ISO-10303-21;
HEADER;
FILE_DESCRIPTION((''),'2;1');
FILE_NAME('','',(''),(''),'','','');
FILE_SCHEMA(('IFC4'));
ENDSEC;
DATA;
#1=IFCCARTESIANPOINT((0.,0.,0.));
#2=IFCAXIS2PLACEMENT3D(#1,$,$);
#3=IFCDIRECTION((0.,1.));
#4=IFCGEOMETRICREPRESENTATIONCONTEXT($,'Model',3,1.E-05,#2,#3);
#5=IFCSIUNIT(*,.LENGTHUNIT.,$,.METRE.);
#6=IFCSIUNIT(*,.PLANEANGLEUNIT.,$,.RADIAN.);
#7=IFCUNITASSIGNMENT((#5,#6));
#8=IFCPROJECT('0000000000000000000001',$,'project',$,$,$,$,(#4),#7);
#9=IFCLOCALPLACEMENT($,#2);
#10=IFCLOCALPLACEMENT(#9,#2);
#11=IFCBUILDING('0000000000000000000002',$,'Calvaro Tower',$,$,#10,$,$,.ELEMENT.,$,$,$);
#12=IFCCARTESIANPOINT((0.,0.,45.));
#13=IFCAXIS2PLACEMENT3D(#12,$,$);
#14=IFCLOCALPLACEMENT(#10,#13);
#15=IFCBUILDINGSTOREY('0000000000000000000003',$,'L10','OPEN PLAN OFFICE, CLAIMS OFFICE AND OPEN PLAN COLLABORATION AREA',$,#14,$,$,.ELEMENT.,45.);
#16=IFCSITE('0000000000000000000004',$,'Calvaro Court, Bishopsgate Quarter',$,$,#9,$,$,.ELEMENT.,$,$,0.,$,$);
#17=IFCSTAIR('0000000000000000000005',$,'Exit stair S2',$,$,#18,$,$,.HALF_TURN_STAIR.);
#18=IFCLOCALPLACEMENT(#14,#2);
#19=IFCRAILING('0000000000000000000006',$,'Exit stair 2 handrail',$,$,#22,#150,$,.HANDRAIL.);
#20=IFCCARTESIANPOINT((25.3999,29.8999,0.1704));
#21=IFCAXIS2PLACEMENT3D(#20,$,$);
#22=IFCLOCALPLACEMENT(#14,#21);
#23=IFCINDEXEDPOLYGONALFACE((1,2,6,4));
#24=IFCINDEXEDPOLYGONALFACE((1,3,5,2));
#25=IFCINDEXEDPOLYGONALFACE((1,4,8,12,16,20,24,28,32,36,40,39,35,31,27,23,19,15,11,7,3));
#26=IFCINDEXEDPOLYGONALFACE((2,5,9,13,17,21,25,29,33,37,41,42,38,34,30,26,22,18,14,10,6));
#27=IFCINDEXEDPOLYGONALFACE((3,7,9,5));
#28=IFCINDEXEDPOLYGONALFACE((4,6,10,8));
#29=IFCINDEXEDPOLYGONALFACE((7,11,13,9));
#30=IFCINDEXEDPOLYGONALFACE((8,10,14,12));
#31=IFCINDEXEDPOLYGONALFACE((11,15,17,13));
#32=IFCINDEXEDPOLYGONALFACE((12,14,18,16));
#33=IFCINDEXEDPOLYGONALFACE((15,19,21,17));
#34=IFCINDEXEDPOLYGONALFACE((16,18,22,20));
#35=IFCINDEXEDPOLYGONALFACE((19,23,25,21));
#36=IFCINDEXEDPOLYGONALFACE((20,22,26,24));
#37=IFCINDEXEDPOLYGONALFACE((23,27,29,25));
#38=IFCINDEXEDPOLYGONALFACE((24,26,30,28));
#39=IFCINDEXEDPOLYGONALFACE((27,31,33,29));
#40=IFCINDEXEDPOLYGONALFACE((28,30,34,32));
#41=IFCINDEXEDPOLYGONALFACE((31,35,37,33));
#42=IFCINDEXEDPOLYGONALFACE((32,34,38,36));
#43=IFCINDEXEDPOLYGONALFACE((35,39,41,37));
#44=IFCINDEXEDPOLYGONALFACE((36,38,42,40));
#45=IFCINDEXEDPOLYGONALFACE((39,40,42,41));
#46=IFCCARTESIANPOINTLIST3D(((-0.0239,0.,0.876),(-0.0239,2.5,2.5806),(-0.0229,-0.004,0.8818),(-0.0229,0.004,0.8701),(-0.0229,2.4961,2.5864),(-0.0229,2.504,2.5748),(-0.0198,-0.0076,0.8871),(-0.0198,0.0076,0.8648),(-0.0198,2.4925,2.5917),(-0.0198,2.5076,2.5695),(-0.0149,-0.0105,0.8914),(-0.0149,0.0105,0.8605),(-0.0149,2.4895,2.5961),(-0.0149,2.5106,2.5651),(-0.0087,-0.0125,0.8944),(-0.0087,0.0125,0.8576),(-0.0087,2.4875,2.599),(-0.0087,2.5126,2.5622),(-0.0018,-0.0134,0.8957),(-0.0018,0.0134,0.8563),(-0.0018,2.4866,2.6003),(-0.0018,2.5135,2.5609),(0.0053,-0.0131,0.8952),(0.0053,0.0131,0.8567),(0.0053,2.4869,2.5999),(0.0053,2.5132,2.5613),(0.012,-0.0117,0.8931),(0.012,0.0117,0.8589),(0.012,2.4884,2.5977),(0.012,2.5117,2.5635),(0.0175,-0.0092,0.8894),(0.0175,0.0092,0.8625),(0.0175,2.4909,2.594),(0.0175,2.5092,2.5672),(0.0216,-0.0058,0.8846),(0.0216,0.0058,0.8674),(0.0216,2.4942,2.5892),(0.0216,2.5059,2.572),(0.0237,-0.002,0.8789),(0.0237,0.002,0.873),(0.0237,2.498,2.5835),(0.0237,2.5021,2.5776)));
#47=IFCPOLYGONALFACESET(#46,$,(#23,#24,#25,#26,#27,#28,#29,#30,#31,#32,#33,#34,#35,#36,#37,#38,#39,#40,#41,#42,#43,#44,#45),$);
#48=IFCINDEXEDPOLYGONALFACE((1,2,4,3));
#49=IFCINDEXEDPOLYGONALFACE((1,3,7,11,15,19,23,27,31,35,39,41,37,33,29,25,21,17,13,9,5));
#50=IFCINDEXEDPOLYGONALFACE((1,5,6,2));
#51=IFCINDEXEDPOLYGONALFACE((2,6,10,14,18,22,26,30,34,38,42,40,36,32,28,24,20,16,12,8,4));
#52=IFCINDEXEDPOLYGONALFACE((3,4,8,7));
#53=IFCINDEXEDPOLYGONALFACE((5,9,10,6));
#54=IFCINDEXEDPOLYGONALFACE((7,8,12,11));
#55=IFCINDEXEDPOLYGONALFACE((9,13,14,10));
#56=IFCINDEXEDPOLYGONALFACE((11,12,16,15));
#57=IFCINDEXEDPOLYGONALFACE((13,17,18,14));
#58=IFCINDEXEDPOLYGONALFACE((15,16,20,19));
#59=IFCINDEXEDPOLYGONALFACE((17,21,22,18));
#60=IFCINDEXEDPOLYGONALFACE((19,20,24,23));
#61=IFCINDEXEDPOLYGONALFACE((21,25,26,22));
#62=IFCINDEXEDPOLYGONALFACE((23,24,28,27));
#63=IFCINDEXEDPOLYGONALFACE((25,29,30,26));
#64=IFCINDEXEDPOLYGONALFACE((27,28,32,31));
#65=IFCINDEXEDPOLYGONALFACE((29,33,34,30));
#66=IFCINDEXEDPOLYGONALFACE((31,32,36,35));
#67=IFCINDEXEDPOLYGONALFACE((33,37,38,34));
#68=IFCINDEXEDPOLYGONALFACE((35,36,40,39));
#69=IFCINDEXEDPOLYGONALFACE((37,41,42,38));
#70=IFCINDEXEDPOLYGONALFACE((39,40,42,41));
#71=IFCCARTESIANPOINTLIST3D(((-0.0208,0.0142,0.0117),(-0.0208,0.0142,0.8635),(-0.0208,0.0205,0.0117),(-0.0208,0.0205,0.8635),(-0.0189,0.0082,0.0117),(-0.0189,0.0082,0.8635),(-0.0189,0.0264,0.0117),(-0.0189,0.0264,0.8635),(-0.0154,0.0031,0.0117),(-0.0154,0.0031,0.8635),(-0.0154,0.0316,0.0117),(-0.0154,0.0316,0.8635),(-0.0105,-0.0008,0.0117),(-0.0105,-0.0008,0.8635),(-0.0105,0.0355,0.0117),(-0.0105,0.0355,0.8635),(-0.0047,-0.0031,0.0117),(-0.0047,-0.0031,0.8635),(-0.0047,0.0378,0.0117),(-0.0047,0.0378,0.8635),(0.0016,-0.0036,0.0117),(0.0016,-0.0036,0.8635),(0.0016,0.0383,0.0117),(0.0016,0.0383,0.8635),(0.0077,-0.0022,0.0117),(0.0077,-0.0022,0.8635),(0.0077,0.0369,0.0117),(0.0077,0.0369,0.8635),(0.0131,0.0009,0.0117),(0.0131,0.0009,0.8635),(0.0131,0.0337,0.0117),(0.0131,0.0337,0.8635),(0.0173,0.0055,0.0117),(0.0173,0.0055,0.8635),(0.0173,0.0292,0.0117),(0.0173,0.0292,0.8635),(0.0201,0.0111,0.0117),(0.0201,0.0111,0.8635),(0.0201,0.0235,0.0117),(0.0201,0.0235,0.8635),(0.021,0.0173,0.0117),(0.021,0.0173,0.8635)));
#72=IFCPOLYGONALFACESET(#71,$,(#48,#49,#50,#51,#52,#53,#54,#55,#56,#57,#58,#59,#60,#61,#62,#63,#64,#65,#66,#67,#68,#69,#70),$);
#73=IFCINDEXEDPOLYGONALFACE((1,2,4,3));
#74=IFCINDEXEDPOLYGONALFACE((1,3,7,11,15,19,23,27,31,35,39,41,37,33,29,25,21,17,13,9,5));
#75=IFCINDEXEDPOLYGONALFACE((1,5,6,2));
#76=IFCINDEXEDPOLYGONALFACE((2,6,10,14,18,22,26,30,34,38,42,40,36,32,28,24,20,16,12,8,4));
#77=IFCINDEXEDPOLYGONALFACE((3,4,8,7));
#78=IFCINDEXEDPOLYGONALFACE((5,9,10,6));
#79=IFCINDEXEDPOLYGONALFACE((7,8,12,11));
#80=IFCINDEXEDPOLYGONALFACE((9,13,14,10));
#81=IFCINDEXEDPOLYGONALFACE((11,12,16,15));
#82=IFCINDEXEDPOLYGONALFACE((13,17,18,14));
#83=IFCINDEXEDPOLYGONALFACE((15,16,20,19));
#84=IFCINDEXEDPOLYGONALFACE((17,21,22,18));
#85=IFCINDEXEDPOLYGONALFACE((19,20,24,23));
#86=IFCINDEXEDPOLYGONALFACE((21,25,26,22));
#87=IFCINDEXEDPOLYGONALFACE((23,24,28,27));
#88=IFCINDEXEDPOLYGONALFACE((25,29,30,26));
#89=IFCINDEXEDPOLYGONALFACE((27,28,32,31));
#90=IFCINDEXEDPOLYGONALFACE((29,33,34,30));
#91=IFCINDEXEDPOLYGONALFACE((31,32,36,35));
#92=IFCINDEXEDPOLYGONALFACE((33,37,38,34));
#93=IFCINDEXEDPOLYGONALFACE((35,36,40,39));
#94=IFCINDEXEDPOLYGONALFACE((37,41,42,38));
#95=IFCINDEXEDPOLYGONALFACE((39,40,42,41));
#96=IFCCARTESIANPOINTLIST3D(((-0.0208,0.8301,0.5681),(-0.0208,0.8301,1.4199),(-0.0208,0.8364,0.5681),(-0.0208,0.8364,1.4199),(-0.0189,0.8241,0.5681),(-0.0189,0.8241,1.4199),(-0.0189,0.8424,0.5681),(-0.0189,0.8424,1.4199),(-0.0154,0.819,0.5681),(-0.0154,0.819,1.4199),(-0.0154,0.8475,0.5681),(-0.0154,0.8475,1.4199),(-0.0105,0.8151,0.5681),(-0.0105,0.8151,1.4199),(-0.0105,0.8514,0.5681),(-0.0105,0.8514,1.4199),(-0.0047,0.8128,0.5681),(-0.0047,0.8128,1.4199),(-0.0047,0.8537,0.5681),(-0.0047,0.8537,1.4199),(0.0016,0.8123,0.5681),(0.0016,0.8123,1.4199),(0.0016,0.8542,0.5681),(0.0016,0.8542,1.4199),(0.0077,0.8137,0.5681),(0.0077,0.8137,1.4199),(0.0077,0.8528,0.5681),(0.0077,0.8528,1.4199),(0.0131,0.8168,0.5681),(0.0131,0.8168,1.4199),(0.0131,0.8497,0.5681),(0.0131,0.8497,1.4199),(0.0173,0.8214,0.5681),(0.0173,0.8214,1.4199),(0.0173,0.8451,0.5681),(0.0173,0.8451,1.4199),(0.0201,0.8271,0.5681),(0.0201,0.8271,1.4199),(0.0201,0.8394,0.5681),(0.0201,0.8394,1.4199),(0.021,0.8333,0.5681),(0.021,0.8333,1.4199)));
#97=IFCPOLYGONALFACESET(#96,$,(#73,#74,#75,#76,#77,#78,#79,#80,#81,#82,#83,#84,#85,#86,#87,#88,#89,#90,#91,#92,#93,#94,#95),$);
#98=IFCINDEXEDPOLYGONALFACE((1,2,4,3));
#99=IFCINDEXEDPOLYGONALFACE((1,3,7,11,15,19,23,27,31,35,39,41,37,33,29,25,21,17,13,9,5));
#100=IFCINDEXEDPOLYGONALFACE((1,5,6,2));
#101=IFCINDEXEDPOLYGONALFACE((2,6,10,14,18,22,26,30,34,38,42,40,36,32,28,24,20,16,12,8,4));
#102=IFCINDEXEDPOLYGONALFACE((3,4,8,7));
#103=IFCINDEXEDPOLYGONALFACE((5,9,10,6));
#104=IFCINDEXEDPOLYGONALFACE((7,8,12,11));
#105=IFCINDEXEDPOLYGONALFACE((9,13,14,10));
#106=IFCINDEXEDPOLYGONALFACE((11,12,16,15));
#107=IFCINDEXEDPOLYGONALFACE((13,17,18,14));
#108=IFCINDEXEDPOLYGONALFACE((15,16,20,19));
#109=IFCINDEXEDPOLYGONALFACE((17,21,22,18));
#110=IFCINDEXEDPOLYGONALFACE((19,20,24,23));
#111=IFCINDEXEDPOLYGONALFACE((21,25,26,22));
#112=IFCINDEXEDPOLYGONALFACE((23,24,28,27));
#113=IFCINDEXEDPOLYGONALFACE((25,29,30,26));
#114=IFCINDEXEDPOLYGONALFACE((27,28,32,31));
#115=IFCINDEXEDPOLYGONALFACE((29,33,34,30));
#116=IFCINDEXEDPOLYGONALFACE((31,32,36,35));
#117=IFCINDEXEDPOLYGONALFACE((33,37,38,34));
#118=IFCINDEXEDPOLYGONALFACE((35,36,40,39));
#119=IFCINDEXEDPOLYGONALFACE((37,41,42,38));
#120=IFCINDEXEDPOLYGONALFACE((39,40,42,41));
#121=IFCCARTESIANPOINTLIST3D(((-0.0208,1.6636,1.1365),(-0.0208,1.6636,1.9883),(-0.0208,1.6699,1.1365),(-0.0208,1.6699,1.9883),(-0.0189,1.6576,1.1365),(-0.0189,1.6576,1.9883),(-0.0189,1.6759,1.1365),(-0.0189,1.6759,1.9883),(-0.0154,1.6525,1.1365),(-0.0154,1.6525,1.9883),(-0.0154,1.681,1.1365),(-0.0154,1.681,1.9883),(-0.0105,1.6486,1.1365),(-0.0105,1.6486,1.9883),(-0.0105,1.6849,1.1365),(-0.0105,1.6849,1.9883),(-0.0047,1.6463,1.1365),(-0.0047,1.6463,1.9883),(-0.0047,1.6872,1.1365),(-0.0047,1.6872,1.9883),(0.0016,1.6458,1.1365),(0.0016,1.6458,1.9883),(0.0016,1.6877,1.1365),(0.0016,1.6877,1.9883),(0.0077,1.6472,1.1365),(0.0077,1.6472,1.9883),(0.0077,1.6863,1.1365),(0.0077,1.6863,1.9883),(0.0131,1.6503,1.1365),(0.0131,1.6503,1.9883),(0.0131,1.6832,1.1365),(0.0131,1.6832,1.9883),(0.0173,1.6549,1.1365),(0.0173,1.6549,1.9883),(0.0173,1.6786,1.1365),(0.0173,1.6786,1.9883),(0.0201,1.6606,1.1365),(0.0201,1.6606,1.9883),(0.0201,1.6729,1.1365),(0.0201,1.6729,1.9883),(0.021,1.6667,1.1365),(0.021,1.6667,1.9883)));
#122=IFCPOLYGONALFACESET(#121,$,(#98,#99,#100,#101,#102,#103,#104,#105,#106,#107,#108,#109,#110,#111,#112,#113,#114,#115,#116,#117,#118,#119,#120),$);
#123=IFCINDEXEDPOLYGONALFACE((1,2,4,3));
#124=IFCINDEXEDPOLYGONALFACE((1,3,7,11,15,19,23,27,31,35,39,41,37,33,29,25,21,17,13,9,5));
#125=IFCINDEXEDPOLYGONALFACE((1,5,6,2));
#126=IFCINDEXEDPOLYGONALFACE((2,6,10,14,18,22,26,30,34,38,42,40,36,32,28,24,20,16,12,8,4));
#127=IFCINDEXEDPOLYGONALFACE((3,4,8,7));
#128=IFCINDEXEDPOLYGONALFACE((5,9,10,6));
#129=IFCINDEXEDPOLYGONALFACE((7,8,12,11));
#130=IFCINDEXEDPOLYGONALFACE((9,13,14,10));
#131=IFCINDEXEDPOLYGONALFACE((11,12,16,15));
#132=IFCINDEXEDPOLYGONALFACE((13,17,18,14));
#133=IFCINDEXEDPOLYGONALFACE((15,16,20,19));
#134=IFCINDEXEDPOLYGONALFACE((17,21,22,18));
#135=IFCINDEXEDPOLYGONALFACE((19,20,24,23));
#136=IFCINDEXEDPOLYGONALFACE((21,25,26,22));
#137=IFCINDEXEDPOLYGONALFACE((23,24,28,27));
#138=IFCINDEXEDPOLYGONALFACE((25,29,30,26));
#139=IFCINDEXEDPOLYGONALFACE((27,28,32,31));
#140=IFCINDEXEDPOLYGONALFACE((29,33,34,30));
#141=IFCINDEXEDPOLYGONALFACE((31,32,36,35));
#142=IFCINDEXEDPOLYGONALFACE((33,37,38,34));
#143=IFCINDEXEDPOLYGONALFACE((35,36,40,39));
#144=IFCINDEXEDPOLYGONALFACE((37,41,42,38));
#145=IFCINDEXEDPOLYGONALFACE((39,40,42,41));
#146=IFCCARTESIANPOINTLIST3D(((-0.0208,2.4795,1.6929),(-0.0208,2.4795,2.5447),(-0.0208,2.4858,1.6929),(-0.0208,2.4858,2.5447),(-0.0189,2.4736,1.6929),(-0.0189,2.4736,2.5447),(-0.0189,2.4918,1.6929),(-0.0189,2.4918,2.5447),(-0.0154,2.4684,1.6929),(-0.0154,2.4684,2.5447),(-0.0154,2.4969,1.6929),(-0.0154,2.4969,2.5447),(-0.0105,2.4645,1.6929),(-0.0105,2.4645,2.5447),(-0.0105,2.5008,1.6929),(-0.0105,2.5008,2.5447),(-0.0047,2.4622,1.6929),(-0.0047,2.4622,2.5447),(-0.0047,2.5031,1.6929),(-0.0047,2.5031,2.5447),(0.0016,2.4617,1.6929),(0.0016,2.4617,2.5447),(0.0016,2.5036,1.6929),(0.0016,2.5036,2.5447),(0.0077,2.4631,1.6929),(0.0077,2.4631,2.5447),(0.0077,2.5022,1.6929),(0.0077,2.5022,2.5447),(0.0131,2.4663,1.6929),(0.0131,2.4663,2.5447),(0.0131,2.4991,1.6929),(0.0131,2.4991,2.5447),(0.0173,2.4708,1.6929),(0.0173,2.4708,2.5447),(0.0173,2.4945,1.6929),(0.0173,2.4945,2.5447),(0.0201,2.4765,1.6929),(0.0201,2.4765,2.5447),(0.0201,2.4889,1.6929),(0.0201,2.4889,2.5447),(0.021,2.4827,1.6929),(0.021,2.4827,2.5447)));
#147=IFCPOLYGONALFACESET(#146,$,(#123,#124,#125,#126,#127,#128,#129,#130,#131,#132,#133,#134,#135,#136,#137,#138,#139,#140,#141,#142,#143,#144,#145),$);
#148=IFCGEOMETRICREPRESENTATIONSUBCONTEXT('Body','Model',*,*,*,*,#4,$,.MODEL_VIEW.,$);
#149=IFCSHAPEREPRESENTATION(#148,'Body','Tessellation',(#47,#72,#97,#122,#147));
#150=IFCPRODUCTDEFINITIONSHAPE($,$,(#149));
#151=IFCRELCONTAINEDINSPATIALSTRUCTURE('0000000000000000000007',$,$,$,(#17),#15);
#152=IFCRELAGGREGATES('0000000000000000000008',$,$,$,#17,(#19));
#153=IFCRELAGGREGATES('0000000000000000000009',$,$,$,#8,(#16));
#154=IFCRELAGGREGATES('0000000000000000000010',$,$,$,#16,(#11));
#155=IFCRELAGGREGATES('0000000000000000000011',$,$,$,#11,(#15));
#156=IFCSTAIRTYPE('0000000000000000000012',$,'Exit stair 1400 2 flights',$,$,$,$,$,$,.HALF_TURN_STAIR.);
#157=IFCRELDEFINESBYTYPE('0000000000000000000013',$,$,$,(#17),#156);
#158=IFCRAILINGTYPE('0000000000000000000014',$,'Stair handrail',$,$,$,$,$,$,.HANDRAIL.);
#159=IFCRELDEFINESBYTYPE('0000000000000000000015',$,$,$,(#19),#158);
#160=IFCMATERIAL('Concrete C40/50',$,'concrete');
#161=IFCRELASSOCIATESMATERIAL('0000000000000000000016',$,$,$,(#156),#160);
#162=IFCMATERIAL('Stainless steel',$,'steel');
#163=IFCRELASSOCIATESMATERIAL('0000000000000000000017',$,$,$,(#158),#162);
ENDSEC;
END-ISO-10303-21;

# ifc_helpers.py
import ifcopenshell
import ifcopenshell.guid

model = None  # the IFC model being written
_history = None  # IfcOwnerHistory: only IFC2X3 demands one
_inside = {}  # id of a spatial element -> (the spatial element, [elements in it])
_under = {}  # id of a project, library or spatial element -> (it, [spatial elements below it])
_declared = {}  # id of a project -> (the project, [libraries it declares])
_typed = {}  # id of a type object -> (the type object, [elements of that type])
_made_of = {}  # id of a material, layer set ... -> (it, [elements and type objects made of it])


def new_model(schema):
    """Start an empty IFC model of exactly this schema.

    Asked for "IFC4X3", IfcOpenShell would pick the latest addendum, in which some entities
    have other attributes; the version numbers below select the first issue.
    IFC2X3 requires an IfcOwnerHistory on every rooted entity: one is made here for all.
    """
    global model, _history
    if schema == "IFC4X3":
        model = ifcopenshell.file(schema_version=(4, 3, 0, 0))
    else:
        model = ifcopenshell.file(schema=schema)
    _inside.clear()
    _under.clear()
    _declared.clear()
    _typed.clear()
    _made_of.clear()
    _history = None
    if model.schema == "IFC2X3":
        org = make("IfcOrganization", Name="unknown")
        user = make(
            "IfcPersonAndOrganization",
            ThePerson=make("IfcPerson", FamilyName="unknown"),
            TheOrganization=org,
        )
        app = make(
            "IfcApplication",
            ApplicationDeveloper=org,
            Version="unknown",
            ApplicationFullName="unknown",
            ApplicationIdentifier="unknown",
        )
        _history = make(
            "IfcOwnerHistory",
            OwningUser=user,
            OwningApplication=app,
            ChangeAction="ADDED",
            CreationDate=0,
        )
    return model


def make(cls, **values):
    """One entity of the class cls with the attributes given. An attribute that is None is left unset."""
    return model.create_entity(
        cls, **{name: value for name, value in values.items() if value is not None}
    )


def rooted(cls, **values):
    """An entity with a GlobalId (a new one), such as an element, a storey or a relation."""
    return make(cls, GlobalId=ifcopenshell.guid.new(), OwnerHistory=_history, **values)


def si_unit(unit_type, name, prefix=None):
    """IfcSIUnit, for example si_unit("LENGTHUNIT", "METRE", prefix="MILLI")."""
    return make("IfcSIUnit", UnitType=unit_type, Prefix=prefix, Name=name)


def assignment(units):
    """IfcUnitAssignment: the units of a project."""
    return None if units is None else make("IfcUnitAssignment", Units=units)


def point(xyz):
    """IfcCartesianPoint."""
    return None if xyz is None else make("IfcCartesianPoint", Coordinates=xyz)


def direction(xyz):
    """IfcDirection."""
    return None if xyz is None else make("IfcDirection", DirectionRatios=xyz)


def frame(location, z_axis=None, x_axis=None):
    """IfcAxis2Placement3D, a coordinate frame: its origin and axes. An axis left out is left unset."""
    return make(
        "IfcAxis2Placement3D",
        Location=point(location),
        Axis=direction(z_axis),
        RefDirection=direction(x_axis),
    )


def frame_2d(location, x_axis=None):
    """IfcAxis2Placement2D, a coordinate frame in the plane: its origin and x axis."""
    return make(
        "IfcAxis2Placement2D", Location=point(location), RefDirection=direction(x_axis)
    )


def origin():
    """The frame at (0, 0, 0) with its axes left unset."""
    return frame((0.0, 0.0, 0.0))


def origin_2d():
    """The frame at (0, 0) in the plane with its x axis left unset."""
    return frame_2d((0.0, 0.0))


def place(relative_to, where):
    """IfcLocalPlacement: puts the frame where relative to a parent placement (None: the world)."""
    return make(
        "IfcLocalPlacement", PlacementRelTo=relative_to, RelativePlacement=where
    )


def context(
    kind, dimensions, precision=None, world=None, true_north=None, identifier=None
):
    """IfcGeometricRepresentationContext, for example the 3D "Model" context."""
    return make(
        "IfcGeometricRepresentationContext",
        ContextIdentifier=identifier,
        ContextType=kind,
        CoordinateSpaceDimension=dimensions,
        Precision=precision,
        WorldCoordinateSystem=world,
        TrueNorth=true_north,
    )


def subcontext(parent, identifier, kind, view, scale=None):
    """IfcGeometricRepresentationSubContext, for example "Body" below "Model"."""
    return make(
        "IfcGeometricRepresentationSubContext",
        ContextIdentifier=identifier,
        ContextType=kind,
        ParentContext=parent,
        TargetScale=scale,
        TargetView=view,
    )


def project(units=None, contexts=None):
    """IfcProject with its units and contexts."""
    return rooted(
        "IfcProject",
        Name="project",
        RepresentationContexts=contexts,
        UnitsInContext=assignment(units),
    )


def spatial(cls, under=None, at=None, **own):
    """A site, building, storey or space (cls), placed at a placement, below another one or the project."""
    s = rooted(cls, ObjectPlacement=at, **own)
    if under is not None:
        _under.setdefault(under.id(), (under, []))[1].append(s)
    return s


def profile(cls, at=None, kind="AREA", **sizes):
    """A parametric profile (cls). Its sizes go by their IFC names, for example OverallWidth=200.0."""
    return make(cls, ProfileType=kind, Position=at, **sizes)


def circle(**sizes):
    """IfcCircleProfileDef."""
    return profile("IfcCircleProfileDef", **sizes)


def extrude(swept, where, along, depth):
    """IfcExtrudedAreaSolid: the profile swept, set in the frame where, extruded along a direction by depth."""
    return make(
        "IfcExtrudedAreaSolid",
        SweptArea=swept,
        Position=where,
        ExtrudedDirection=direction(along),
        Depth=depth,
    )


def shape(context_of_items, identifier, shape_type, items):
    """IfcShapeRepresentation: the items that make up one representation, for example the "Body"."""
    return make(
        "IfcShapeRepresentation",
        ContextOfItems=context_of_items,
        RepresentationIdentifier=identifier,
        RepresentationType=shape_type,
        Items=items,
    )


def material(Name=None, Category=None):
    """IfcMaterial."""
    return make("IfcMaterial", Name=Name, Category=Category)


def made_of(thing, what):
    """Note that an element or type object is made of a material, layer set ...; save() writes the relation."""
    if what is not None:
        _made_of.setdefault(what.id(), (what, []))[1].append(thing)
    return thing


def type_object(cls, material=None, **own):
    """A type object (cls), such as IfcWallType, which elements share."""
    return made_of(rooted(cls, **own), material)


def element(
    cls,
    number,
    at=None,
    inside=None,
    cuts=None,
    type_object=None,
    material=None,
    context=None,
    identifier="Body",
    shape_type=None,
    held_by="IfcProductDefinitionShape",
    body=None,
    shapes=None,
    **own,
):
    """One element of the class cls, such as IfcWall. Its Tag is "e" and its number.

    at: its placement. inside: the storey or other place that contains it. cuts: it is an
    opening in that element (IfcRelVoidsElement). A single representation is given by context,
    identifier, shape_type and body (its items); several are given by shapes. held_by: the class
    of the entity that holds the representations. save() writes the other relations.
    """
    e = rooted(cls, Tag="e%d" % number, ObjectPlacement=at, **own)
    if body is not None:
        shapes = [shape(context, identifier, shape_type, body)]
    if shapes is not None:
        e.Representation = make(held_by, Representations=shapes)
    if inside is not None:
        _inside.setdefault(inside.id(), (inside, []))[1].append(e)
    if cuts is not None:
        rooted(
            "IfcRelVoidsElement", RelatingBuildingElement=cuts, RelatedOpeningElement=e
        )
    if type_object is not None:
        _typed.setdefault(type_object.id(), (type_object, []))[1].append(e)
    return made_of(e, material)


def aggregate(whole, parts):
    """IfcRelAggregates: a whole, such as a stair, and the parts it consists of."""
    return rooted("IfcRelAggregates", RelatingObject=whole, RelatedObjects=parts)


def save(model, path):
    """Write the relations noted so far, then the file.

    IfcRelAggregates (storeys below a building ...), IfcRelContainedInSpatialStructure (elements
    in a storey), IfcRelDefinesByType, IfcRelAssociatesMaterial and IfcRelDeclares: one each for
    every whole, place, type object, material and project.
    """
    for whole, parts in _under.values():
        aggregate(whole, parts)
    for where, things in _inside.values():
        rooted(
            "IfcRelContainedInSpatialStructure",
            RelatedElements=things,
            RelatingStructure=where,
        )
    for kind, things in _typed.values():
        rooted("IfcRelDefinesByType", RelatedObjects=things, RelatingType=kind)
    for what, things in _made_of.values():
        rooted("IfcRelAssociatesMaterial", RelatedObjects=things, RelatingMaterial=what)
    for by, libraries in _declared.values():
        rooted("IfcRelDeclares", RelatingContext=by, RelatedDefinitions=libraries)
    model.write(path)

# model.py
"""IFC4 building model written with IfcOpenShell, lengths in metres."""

from ifc_helpers import new_model, si_unit, direction, frame, origin, origin_2d, place, context, subcontext, project, spatial, circle, extrude, material, type_object, element, aggregate, save


model = new_model("IFC4")

# Units and contexts
model_context = context("Model", 3, precision=1e-05, world=origin(), true_north=direction((0.0, 1.0)))
body_context = subcontext(model_context, "Body", "Model", "MODEL_VIEW")
ifc_project = project(units=[si_unit("LENGTHUNIT", "METRE"), si_unit("PLANEANGLEUNIT", "RADIAN")], contexts=[model_context])

# Site, building, storey
site_placement = place(None, origin())
site = spatial("IfcSite", under=ifc_project, at=site_placement, Name="Calvaro Court, Bishopsgate Quarter", CompositionType="ELEMENT", RefElevation=0.0)
building_placement = place(site_placement, origin())
building = spatial("IfcBuilding", under=site, at=building_placement, Name="Calvaro Tower", CompositionType="ELEMENT")
storey_placement = place(building_placement, frame((0.0, 0.0, 45.0)))
storey = spatial("IfcBuildingStorey", under=building, at=storey_placement, Name="L10", Description="OPEN PLAN OFFICE, CLAIMS OFFICE AND OPEN PLAN COLLABORATION AREA", CompositionType="ELEMENT", Elevation=45.0)

# Stair, railing
ifc_material_1 = material(Name="Concrete C40/50", Category="concrete")
stair_type = type_object("IfcStairType", Name="Exit stair 1400 2 flights", PredefinedType="HALF_TURN_STAIR", material=ifc_material_1)
stair_placement = place(storey_placement, origin())
stair = element("IfcStair", 1, at=stair_placement, inside=storey, type_object=stair_type, Name="Exit stair S2", PredefinedType="HALF_TURN_STAIR")
ifc_material_2 = material(Name="Stainless steel", Category="steel")
railing_type = type_object("IfcRailingType", Name="Stair handrail", PredefinedType="HANDRAIL", material=ifc_material_2)
railing_1_placement = place(storey_placement, frame((25.3999, 29.8999, 0.1704)))
railing_1 = element("IfcRailing", 2, at=railing_1_placement, type_object=railing_type, Name="Exit stair 2 handrail", PredefinedType="HANDRAIL", context=body_context, shape_type="SweptSolid", body=[
    extrude(circle(Radius=0.0239, at=origin_2d()), frame((0.0, 0.0, 0.876), z_axis=(0.0, 0.826221, 0.563347), x_axis=(-1.0, 0.0, 0.0)), (0.0, 0.0, 1.0), 3.0259),
    extrude(circle(Radius=0.021, at=origin_2d()), frame((0.0, 0.0173, 0.0117)), (0.0, 0.0, 1.0), 0.8518),
    extrude(circle(Radius=0.021, at=origin_2d()), frame((0.0, 0.8333, 0.5681)), (0.0, 0.0, 1.0), 0.8518),
    extrude(circle(Radius=0.021, at=origin_2d()), frame((0.0, 1.6667, 1.1365)), (0.0, 0.0, 1.0), 0.8518),
    extrude(circle(Radius=0.021, at=origin_2d()), frame((0.0, 2.4827, 1.6929)), (0.0, 0.0, 1.0), 0.8518),
])
aggregate(stair, [railing_1])

save(model, "model.ifc")
